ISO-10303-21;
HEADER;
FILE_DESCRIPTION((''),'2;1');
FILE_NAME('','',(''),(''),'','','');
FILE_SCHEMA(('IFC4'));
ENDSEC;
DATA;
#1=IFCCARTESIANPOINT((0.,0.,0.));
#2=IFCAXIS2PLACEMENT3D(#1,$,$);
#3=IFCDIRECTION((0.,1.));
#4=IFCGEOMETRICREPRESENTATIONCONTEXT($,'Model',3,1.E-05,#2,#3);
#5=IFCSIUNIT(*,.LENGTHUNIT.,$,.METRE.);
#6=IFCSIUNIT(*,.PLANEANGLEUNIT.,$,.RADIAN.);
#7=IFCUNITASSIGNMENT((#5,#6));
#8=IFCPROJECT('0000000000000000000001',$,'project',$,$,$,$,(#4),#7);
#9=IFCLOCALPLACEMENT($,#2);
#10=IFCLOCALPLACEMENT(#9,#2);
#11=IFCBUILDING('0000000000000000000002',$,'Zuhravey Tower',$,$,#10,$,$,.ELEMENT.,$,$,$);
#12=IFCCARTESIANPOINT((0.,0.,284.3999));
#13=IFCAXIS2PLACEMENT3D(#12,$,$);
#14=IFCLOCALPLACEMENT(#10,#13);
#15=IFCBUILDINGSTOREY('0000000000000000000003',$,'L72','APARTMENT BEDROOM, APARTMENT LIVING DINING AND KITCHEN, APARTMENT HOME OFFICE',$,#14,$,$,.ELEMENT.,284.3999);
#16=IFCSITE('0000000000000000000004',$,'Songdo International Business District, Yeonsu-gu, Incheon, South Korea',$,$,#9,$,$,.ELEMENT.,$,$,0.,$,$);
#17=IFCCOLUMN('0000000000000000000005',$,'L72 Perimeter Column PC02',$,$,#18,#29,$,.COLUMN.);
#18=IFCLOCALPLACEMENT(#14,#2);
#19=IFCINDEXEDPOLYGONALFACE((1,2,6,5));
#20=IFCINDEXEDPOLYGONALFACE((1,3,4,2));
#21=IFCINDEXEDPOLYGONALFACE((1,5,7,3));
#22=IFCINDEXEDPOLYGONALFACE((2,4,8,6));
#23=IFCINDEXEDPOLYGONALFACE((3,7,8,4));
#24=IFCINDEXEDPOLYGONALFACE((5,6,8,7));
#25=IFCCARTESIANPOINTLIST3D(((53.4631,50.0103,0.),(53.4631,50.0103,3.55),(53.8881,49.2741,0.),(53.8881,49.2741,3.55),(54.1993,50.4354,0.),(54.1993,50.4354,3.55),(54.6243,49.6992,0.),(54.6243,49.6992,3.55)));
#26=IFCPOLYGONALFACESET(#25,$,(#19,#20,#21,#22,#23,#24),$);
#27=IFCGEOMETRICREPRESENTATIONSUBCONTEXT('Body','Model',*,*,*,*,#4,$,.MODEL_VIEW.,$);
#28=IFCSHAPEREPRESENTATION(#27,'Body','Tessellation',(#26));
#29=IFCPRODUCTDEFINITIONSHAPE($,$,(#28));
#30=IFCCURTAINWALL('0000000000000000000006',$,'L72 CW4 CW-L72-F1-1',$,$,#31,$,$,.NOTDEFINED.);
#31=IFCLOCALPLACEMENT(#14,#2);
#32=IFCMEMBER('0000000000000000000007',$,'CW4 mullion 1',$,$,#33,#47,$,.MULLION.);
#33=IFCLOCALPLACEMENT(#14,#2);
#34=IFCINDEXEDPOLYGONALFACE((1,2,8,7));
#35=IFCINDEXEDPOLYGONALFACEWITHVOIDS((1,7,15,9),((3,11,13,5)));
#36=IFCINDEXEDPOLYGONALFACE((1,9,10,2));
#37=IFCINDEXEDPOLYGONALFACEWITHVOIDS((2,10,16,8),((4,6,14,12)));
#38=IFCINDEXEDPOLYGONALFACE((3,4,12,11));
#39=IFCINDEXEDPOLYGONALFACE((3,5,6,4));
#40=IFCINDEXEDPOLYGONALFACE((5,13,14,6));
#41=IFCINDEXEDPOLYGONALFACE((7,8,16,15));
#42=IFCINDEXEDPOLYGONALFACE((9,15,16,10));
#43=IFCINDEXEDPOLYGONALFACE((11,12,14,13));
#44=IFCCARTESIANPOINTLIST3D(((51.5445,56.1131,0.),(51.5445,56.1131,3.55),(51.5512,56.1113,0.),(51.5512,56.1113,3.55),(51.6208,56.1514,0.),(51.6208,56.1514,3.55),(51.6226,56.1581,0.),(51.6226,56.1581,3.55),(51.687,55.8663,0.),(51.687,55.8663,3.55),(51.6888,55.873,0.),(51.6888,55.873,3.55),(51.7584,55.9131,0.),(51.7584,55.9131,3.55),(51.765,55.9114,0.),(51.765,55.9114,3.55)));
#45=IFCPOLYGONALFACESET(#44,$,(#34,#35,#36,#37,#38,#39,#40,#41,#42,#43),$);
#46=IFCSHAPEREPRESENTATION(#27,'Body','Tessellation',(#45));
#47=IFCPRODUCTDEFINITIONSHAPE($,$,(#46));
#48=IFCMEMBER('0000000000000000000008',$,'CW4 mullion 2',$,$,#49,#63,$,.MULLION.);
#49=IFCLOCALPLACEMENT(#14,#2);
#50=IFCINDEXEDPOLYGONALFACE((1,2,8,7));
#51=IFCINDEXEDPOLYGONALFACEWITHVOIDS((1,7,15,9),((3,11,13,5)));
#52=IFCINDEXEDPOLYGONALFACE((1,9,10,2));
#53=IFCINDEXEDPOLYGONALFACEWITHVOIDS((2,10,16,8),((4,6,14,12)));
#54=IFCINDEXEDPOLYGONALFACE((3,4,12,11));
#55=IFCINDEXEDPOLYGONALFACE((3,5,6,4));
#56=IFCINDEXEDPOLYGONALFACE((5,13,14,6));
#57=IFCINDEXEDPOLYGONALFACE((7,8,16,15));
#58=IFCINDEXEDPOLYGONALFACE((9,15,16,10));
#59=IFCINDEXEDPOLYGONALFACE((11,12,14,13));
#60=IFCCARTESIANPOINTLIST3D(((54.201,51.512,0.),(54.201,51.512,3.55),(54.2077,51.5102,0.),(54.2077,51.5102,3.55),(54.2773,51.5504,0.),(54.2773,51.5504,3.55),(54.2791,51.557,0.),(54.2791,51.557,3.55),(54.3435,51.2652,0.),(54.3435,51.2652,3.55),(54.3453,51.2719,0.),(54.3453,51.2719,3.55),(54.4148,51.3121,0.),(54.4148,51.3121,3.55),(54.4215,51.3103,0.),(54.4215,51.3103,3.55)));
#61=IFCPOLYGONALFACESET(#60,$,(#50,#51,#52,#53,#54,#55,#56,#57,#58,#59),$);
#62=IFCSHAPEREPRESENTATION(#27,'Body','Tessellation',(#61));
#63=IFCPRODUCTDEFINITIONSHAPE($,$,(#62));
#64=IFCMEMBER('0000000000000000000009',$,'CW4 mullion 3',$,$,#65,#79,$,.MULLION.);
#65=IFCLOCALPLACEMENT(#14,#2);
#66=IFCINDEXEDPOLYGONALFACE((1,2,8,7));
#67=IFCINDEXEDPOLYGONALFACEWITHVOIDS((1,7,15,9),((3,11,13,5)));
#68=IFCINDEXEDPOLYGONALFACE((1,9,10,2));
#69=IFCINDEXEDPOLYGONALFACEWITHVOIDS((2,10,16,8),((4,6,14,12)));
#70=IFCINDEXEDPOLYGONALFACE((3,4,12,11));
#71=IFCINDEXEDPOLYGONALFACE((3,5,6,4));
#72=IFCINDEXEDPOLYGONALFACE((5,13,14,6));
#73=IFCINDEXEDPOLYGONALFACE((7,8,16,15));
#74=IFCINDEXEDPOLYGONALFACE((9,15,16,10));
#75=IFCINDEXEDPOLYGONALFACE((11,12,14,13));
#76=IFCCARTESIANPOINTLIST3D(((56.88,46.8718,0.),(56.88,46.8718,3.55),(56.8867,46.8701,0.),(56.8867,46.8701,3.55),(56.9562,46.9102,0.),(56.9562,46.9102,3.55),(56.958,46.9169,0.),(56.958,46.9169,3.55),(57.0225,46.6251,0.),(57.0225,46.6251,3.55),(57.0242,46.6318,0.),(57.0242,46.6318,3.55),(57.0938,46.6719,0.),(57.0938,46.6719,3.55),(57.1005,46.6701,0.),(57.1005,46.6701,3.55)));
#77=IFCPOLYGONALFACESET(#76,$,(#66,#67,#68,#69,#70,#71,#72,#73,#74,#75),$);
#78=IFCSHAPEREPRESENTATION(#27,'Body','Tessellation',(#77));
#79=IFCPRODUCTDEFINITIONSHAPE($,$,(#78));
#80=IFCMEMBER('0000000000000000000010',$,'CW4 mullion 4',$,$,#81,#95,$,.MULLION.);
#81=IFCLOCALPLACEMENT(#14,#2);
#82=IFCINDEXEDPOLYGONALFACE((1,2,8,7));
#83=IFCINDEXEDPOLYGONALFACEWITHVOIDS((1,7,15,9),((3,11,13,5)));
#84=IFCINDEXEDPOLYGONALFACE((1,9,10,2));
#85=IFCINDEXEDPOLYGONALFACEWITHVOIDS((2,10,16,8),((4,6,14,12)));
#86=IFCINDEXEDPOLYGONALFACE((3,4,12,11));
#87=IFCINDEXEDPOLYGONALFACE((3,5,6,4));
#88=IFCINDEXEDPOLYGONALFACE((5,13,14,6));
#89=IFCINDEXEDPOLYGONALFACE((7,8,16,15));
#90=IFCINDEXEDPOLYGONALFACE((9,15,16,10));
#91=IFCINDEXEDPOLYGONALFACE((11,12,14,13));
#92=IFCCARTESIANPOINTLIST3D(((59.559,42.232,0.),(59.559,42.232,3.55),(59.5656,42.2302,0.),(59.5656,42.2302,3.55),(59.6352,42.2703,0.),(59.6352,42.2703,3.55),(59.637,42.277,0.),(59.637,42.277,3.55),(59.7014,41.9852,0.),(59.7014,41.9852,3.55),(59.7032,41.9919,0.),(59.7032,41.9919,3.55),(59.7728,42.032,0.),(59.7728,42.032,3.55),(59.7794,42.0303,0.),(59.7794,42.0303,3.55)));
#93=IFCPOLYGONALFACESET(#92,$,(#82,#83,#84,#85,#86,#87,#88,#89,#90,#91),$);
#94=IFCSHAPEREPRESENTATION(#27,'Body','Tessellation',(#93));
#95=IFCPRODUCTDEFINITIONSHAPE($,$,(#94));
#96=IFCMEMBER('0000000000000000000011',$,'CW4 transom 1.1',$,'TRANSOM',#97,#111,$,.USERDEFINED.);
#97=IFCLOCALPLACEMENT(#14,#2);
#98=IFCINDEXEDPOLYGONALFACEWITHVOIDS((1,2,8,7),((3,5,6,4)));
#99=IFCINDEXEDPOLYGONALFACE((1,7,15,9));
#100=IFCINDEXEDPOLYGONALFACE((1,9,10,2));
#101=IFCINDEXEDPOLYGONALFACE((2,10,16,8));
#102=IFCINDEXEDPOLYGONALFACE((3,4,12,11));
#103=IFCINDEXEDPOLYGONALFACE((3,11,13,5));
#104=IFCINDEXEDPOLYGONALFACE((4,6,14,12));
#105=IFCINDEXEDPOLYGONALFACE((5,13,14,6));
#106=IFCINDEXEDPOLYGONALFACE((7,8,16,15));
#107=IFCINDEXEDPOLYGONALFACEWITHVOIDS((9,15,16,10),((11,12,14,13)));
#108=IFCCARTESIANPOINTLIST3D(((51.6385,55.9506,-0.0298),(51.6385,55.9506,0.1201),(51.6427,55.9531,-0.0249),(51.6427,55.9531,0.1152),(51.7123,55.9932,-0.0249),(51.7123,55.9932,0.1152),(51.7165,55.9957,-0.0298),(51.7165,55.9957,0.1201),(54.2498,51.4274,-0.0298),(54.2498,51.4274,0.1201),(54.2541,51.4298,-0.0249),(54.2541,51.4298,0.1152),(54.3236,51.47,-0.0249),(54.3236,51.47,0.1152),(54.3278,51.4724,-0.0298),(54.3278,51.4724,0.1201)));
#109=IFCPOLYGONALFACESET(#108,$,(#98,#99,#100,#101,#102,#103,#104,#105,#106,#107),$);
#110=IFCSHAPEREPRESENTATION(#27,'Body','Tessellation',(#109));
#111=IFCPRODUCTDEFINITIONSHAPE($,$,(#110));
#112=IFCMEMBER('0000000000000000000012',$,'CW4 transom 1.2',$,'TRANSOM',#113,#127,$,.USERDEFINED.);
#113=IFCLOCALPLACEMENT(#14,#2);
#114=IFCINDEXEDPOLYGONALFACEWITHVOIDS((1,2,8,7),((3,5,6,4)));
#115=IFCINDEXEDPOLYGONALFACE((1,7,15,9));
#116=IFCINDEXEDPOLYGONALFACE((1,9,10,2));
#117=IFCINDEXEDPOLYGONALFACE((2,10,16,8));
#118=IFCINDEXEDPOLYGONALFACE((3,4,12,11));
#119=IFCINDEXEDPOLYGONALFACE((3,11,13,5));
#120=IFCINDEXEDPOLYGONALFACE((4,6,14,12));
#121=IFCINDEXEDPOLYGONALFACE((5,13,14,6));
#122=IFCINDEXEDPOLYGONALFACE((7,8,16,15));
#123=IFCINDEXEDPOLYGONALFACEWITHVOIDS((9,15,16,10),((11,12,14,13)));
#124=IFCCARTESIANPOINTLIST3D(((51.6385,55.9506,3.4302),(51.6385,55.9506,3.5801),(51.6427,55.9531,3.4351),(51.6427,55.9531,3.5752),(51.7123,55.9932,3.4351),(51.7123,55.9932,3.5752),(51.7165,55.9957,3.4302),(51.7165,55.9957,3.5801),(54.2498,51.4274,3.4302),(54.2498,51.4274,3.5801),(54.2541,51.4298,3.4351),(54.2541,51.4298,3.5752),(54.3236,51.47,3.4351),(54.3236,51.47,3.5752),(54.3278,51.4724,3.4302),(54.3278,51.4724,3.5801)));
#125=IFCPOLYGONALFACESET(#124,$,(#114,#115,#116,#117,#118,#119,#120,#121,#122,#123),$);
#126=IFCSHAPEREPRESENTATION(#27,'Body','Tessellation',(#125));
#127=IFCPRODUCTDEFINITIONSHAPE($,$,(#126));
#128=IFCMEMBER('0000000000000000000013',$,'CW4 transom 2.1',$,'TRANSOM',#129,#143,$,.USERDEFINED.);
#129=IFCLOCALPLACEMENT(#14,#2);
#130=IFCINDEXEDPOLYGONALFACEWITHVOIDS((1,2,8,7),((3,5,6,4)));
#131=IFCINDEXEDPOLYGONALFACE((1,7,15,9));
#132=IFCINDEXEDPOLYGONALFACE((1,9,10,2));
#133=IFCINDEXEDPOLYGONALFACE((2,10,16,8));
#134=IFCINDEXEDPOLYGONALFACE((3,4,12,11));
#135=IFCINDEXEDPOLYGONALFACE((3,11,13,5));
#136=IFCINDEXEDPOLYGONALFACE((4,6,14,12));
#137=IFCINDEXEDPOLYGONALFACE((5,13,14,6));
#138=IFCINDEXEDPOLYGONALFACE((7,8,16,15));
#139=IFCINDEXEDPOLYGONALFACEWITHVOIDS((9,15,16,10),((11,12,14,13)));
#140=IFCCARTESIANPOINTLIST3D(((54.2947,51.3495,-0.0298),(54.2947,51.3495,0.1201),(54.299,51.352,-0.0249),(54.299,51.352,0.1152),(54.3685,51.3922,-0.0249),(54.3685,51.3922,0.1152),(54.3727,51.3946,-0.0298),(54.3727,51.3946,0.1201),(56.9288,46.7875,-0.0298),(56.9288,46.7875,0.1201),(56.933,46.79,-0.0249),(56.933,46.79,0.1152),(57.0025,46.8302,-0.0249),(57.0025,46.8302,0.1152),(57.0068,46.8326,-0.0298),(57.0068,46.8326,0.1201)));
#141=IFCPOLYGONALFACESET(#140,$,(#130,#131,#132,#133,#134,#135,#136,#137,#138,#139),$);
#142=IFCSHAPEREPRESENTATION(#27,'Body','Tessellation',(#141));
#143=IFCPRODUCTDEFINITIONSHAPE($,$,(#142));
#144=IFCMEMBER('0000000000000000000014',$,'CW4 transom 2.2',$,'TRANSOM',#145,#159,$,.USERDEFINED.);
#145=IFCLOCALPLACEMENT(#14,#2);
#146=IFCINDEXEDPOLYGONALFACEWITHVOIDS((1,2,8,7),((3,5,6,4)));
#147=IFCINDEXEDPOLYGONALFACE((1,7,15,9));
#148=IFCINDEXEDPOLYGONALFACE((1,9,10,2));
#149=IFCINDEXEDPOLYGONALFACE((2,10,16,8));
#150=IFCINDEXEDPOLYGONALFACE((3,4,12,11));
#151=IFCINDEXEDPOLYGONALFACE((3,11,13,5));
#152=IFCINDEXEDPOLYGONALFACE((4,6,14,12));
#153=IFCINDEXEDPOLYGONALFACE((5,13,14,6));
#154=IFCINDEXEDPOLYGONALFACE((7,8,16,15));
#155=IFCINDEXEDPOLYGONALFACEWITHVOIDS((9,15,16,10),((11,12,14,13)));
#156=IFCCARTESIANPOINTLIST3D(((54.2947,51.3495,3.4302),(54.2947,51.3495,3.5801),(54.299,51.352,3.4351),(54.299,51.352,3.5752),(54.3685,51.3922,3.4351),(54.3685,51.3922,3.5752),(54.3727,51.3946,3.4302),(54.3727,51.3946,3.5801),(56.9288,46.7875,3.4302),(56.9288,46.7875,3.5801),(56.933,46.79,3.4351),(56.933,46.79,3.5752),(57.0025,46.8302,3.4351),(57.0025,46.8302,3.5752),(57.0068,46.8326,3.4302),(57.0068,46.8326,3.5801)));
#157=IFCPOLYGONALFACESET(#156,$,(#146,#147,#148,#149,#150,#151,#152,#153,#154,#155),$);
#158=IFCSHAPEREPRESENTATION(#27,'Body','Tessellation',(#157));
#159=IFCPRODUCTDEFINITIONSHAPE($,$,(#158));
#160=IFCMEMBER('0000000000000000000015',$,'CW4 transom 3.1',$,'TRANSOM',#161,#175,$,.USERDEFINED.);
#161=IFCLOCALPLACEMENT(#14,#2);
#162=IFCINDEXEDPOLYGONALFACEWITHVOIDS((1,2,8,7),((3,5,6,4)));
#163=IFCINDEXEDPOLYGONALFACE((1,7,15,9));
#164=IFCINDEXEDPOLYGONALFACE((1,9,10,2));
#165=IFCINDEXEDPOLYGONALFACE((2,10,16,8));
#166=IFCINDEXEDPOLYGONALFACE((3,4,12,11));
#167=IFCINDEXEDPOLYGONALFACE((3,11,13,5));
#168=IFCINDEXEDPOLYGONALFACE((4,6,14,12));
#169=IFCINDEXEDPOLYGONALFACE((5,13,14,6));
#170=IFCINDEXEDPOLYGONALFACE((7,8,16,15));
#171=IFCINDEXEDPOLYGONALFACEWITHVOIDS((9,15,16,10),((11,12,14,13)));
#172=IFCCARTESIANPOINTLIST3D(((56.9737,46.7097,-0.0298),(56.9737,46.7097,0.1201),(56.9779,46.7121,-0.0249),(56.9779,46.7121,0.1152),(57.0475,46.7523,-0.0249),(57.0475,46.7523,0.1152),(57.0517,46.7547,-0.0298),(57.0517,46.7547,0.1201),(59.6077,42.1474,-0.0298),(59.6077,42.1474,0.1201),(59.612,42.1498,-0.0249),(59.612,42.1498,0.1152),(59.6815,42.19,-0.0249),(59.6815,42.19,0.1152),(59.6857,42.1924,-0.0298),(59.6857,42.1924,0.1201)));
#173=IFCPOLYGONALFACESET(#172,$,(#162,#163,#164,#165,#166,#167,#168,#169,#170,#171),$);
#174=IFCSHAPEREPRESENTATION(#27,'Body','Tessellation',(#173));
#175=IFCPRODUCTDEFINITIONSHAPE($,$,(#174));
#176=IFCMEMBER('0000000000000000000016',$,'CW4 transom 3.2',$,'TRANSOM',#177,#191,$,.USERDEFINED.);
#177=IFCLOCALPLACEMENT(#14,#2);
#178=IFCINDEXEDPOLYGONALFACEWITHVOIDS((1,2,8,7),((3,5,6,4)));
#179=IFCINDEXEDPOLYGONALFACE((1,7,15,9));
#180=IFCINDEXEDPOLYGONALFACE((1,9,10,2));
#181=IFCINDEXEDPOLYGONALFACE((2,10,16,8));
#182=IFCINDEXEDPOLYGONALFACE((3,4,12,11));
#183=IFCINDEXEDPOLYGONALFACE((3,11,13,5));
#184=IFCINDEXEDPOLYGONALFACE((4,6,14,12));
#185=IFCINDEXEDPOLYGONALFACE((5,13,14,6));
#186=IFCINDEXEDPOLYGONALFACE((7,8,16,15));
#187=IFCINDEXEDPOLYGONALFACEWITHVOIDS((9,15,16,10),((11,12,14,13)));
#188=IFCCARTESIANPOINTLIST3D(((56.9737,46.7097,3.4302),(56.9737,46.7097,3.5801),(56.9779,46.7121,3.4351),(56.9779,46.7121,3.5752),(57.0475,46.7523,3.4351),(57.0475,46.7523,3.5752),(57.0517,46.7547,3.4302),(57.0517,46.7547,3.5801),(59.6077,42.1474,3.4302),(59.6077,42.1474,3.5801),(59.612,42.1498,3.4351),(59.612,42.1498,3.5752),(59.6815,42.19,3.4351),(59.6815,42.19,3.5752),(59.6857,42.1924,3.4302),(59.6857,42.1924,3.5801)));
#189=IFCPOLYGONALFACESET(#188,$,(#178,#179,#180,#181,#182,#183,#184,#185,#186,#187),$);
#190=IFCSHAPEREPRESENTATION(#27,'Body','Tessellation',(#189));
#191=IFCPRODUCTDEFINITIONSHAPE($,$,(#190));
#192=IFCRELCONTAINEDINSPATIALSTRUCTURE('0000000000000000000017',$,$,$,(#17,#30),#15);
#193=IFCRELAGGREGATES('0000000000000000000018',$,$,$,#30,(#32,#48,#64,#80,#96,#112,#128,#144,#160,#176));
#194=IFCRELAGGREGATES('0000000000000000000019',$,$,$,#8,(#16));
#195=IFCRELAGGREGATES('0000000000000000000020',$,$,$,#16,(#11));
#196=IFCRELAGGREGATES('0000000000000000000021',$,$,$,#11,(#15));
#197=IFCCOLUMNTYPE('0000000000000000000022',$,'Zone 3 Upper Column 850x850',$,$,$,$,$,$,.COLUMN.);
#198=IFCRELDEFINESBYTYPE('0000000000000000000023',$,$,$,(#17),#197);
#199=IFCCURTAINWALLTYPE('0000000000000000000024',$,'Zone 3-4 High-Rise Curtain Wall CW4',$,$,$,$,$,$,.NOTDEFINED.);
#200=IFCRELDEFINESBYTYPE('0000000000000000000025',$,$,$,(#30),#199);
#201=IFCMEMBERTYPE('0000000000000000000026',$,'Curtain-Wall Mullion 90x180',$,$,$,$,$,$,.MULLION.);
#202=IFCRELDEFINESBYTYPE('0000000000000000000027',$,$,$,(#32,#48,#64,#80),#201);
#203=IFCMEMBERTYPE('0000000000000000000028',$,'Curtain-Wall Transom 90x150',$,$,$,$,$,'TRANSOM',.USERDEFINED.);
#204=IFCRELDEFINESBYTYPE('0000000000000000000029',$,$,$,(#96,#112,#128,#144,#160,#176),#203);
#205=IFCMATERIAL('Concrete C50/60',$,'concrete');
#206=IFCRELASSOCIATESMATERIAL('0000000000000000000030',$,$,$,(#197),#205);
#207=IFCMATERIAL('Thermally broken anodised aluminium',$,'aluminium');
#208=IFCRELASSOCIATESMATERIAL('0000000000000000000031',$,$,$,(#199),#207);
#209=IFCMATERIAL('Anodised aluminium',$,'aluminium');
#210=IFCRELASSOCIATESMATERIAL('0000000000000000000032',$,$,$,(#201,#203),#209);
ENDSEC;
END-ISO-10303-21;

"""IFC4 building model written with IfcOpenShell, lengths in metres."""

from ifc_helpers import new_model, si_unit, direction, frame, origin, origin_2d, place, context, subcontext, project, spatial, rectangle, hollow_rectangle, extrude, material, material_profile, profile_set, type_object, element, aggregate, save


model = new_model("IFC4")

# Units and contexts
model_context = context("Model", 3, precision=1e-05, world=origin(), true_north=direction((0.0, 1.0)))
body_context = subcontext(model_context, "Body", "Model", "MODEL_VIEW")
ifc_project = project(units=[si_unit("LENGTHUNIT", "METRE"), si_unit("PLANEANGLEUNIT", "RADIAN")], contexts=[model_context])

# Site, building, storey
site_placement = place(None, origin())
site = spatial("IfcSite", under=ifc_project, at=site_placement, Name="Songdo International Business District, Yeonsu-gu, Incheon, South Korea", CompositionType="ELEMENT", RefElevation=0.0)
building_placement = place(site_placement, origin())
building = spatial("IfcBuilding", under=site, at=building_placement, Name="Zuhravey Tower", CompositionType="ELEMENT")
storey_placement = place(building_placement, frame((0.0, 0.0, 284.3999)))
storey = spatial("IfcBuildingStorey", under=building, at=storey_placement, Name="L72", Description="APARTMENT BEDROOM, APARTMENT LIVING DINING AND KITCHEN, APARTMENT HOME OFFICE", CompositionType="ELEMENT", Elevation=284.3999)

# Column
ifc_material_1 = material(Name="Concrete C50/60", Category="concrete")
ifc_material_profile_1 = material_profile(ifc_material_1, rectangle(XDim=0.8501, YDim=0.8501, at=origin_2d()), Name="RC-850x850")
ifc_profile_set_1 = profile_set([ifc_material_profile_1], Name="Concrete C50/60")
column_type = type_object("IfcColumnType", Name="Zone 3 Upper Column 850x850", PredefinedType="COLUMN", material=ifc_profile_set_1)
column_placement = place(storey_placement, frame((54.0437, 49.8547, 0.0), z_axis=(0.0, 0.0, 1.0), x_axis=(-0.5, 0.866025, 0.0)))
element("IfcColumn", 1, at=column_placement, inside=storey, type_object=column_type, Name="L72 Perimeter Column PC02", PredefinedType="COLUMN", context=body_context, shape_type="SweptSolid", body=[
    extrude(rectangle(XDim=0.8501, YDim=0.8501, at=origin_2d()), origin(), (0.0, 0.0, 1.0), 3.55),
])

# Curtain wall, members
ifc_material_2 = material(Name="Thermally broken anodised aluminium", Category="aluminium")
curtain_wall_type = type_object("IfcCurtainWallType", Name="Zone 3-4 High-Rise Curtain Wall CW4", PredefinedType="NOTDEFINED", material=ifc_material_2)
curtain_wall_placement = place(storey_placement, origin())
curtain_wall = element("IfcCurtainWall", 2, at=curtain_wall_placement, inside=storey, type_object=curtain_wall_type, Name="L72 CW4 CW-L72-F1-1", PredefinedType="NOTDEFINED")
ifc_material_3 = material(Name="Anodised aluminium", Category="aluminium")
ifc_material_profile_2 = material_profile(ifc_material_3, hollow_rectangle(XDim=0.0901, YDim=0.2849, WallThickness=0.0049, at=origin_2d()), Name="ALU-RHS-90x285x5")
ifc_profile_set_2 = profile_set([ifc_material_profile_2], Name="Anodised aluminium")
member_type_1 = type_object("IfcMemberType", Name="Curtain-Wall Mullion 90x180", PredefinedType="MULLION", material=ifc_profile_set_2)
member_1_placement = place(storey_placement, frame((51.6548, 56.0122, 0.0), z_axis=(0.0, 0.0, 1.0), x_axis=(0.866025, 0.500001, 0.0)))
member_1 = element("IfcMember", 3, at=member_1_placement, type_object=member_type_1, Name="CW4 mullion 1", PredefinedType="MULLION", context=body_context, shape_type="SweptSolid", body=[
    extrude(hollow_rectangle(XDim=0.0901, YDim=0.2849, WallThickness=0.0049, at=origin_2d()), origin(), (0.0, 0.0, 1.0), 3.55),
])
member_2_placement = place(storey_placement, frame((54.3113, 51.4111, 0.0), z_axis=(0.0, 0.0, 1.0), x_axis=(0.866025, 0.500001, 0.0)))
member_2 = element("IfcMember", 4, at=member_2_placement, type_object=member_type_1, Name="CW4 mullion 2", PredefinedType="MULLION", context=body_context, shape_type="SweptSolid", body=[
    extrude(hollow_rectangle(XDim=0.0901, YDim=0.2849, WallThickness=0.0049, at=origin_2d()), origin(), (0.0, 0.0, 1.0), 3.55),
])
member_3_placement = place(storey_placement, frame((56.9902, 46.771, 0.0), z_axis=(0.0, 0.0, 1.0), x_axis=(0.866025, 0.500001, 0.0)))
member_3 = element("IfcMember", 5, at=member_3_placement, type_object=member_type_1, Name="CW4 mullion 3", PredefinedType="MULLION", context=body_context, shape_type="SweptSolid", body=[
    extrude(hollow_rectangle(XDim=0.0901, YDim=0.2849, WallThickness=0.0049, at=origin_2d()), origin(), (0.0, 0.0, 1.0), 3.55),
])
member_4_placement = place(storey_placement, frame((59.6692, 42.1311, 0.0), z_axis=(0.0, 0.0, 1.0), x_axis=(0.866025, 0.500001, 0.0)))
member_4 = element("IfcMember", 6, at=member_4_placement, type_object=member_type_1, Name="CW4 mullion 4", PredefinedType="MULLION", context=body_context, shape_type="SweptSolid", body=[
    extrude(hollow_rectangle(XDim=0.0901, YDim=0.2849, WallThickness=0.0049, at=origin_2d()), origin(), (0.0, 0.0, 1.0), 3.55),
])
ifc_material_profile_3 = material_profile(ifc_material_3, hollow_rectangle(XDim=0.0901, YDim=0.1499, WallThickness=0.0049, at=origin_2d()), Name="ALU-RHS-90x150x5")
ifc_profile_set_3 = profile_set([ifc_material_profile_3], Name="Anodised aluminium")
member_type_2 = type_object("IfcMemberType", Name="Curtain-Wall Transom 90x150", ElementType="TRANSOM", PredefinedType="USERDEFINED", material=ifc_profile_set_3)
member_5_placement = place(storey_placement, frame((51.6775, 55.9731, 0.0452), z_axis=(0.49998, -0.866037, 0.0), x_axis=(0.866037, 0.49998, 0.0)))
member_5 = element("IfcMember", 7, at=member_5_placement, type_object=member_type_2, Name="CW4 transom 1.1", ObjectType="TRANSOM", PredefinedType="USERDEFINED", context=body_context, shape_type="SweptSolid", body=[
    extrude(hollow_rectangle(XDim=0.0901, YDim=0.1499, WallThickness=0.0049, at=origin_2d()), origin(), (0.0, 0.0, 1.0), 5.2229),
])
member_6_placement = place(storey_placement, frame((51.6775, 55.9731, 3.5051), z_axis=(0.49998, -0.866037, 0.0), x_axis=(0.866037, 0.49998, 0.0)))
member_6 = element("IfcMember", 8, at=member_6_placement, type_object=member_type_2, Name="CW4 transom 1.2", ObjectType="TRANSOM", PredefinedType="USERDEFINED", context=body_context, shape_type="SweptSolid", body=[
    extrude(hollow_rectangle(XDim=0.0901, YDim=0.1499, WallThickness=0.0049, at=origin_2d()), origin(), (0.0, 0.0, 1.0), 5.2229),
])
member_7_placement = place(storey_placement, frame((54.3337, 51.3721, 0.0452), z_axis=(0.500022, -0.866013, 0.0), x_axis=(0.866013, 0.500022, 0.0)))
member_7 = element("IfcMember", 9, at=member_7_placement, type_object=member_type_2, Name="CW4 transom 2.1", ObjectType="TRANSOM", PredefinedType="USERDEFINED", context=body_context, shape_type="SweptSolid", body=[
    extrude(hollow_rectangle(XDim=0.0901, YDim=0.1499, WallThickness=0.0049, at=origin_2d()), origin(), (0.0, 0.0, 1.0), 5.2678),
])
member_8_placement = place(storey_placement, frame((54.3337, 51.3721, 3.5051), z_axis=(0.500022, -0.866013, 0.0), x_axis=(0.866013, 0.500022, 0.0)))
member_8 = element("IfcMember", 10, at=member_8_placement, type_object=member_type_2, Name="CW4 transom 2.2", ObjectType="TRANSOM", PredefinedType="USERDEFINED", context=body_context, shape_type="SweptSolid", body=[
    extrude(hollow_rectangle(XDim=0.0901, YDim=0.1499, WallThickness=0.0049, at=origin_2d()), origin(), (0.0, 0.0, 1.0), 5.2678),
])
member_9_placement = place(storey_placement, frame((57.0127, 46.7322, 0.0452), z_axis=(0.500002, -0.866024, 0.0), x_axis=(0.866024, 0.500002, 0.0)))
member_9 = element("IfcMember", 11, at=member_9_placement, type_object=member_type_2, Name="CW4 transom 3.1", ObjectType="TRANSOM", PredefinedType="USERDEFINED", context=body_context, shape_type="SweptSolid", body=[
    extrude(hollow_rectangle(XDim=0.0901, YDim=0.1499, WallThickness=0.0049, at=origin_2d()), origin(), (0.0, 0.0, 1.0), 5.2681),
])
member_10_placement = place(storey_placement, frame((57.0127, 46.7322, 3.5051), z_axis=(0.500002, -0.866024, 0.0), x_axis=(0.866024, 0.500002, 0.0)))
member_10 = element("IfcMember", 12, at=member_10_placement, type_object=member_type_2, Name="CW4 transom 3.2", ObjectType="TRANSOM", PredefinedType="USERDEFINED", context=body_context, shape_type="SweptSolid", body=[
    extrude(hollow_rectangle(XDim=0.0901, YDim=0.1499, WallThickness=0.0049, at=origin_2d()), origin(), (0.0, 0.0, 1.0), 5.2681),
])

aggregate(curtain_wall, [member_1, member_2, member_3, member_4, member_5, member_6, member_7, member_8, member_9, member_10])

save(model, "model.ifc")
